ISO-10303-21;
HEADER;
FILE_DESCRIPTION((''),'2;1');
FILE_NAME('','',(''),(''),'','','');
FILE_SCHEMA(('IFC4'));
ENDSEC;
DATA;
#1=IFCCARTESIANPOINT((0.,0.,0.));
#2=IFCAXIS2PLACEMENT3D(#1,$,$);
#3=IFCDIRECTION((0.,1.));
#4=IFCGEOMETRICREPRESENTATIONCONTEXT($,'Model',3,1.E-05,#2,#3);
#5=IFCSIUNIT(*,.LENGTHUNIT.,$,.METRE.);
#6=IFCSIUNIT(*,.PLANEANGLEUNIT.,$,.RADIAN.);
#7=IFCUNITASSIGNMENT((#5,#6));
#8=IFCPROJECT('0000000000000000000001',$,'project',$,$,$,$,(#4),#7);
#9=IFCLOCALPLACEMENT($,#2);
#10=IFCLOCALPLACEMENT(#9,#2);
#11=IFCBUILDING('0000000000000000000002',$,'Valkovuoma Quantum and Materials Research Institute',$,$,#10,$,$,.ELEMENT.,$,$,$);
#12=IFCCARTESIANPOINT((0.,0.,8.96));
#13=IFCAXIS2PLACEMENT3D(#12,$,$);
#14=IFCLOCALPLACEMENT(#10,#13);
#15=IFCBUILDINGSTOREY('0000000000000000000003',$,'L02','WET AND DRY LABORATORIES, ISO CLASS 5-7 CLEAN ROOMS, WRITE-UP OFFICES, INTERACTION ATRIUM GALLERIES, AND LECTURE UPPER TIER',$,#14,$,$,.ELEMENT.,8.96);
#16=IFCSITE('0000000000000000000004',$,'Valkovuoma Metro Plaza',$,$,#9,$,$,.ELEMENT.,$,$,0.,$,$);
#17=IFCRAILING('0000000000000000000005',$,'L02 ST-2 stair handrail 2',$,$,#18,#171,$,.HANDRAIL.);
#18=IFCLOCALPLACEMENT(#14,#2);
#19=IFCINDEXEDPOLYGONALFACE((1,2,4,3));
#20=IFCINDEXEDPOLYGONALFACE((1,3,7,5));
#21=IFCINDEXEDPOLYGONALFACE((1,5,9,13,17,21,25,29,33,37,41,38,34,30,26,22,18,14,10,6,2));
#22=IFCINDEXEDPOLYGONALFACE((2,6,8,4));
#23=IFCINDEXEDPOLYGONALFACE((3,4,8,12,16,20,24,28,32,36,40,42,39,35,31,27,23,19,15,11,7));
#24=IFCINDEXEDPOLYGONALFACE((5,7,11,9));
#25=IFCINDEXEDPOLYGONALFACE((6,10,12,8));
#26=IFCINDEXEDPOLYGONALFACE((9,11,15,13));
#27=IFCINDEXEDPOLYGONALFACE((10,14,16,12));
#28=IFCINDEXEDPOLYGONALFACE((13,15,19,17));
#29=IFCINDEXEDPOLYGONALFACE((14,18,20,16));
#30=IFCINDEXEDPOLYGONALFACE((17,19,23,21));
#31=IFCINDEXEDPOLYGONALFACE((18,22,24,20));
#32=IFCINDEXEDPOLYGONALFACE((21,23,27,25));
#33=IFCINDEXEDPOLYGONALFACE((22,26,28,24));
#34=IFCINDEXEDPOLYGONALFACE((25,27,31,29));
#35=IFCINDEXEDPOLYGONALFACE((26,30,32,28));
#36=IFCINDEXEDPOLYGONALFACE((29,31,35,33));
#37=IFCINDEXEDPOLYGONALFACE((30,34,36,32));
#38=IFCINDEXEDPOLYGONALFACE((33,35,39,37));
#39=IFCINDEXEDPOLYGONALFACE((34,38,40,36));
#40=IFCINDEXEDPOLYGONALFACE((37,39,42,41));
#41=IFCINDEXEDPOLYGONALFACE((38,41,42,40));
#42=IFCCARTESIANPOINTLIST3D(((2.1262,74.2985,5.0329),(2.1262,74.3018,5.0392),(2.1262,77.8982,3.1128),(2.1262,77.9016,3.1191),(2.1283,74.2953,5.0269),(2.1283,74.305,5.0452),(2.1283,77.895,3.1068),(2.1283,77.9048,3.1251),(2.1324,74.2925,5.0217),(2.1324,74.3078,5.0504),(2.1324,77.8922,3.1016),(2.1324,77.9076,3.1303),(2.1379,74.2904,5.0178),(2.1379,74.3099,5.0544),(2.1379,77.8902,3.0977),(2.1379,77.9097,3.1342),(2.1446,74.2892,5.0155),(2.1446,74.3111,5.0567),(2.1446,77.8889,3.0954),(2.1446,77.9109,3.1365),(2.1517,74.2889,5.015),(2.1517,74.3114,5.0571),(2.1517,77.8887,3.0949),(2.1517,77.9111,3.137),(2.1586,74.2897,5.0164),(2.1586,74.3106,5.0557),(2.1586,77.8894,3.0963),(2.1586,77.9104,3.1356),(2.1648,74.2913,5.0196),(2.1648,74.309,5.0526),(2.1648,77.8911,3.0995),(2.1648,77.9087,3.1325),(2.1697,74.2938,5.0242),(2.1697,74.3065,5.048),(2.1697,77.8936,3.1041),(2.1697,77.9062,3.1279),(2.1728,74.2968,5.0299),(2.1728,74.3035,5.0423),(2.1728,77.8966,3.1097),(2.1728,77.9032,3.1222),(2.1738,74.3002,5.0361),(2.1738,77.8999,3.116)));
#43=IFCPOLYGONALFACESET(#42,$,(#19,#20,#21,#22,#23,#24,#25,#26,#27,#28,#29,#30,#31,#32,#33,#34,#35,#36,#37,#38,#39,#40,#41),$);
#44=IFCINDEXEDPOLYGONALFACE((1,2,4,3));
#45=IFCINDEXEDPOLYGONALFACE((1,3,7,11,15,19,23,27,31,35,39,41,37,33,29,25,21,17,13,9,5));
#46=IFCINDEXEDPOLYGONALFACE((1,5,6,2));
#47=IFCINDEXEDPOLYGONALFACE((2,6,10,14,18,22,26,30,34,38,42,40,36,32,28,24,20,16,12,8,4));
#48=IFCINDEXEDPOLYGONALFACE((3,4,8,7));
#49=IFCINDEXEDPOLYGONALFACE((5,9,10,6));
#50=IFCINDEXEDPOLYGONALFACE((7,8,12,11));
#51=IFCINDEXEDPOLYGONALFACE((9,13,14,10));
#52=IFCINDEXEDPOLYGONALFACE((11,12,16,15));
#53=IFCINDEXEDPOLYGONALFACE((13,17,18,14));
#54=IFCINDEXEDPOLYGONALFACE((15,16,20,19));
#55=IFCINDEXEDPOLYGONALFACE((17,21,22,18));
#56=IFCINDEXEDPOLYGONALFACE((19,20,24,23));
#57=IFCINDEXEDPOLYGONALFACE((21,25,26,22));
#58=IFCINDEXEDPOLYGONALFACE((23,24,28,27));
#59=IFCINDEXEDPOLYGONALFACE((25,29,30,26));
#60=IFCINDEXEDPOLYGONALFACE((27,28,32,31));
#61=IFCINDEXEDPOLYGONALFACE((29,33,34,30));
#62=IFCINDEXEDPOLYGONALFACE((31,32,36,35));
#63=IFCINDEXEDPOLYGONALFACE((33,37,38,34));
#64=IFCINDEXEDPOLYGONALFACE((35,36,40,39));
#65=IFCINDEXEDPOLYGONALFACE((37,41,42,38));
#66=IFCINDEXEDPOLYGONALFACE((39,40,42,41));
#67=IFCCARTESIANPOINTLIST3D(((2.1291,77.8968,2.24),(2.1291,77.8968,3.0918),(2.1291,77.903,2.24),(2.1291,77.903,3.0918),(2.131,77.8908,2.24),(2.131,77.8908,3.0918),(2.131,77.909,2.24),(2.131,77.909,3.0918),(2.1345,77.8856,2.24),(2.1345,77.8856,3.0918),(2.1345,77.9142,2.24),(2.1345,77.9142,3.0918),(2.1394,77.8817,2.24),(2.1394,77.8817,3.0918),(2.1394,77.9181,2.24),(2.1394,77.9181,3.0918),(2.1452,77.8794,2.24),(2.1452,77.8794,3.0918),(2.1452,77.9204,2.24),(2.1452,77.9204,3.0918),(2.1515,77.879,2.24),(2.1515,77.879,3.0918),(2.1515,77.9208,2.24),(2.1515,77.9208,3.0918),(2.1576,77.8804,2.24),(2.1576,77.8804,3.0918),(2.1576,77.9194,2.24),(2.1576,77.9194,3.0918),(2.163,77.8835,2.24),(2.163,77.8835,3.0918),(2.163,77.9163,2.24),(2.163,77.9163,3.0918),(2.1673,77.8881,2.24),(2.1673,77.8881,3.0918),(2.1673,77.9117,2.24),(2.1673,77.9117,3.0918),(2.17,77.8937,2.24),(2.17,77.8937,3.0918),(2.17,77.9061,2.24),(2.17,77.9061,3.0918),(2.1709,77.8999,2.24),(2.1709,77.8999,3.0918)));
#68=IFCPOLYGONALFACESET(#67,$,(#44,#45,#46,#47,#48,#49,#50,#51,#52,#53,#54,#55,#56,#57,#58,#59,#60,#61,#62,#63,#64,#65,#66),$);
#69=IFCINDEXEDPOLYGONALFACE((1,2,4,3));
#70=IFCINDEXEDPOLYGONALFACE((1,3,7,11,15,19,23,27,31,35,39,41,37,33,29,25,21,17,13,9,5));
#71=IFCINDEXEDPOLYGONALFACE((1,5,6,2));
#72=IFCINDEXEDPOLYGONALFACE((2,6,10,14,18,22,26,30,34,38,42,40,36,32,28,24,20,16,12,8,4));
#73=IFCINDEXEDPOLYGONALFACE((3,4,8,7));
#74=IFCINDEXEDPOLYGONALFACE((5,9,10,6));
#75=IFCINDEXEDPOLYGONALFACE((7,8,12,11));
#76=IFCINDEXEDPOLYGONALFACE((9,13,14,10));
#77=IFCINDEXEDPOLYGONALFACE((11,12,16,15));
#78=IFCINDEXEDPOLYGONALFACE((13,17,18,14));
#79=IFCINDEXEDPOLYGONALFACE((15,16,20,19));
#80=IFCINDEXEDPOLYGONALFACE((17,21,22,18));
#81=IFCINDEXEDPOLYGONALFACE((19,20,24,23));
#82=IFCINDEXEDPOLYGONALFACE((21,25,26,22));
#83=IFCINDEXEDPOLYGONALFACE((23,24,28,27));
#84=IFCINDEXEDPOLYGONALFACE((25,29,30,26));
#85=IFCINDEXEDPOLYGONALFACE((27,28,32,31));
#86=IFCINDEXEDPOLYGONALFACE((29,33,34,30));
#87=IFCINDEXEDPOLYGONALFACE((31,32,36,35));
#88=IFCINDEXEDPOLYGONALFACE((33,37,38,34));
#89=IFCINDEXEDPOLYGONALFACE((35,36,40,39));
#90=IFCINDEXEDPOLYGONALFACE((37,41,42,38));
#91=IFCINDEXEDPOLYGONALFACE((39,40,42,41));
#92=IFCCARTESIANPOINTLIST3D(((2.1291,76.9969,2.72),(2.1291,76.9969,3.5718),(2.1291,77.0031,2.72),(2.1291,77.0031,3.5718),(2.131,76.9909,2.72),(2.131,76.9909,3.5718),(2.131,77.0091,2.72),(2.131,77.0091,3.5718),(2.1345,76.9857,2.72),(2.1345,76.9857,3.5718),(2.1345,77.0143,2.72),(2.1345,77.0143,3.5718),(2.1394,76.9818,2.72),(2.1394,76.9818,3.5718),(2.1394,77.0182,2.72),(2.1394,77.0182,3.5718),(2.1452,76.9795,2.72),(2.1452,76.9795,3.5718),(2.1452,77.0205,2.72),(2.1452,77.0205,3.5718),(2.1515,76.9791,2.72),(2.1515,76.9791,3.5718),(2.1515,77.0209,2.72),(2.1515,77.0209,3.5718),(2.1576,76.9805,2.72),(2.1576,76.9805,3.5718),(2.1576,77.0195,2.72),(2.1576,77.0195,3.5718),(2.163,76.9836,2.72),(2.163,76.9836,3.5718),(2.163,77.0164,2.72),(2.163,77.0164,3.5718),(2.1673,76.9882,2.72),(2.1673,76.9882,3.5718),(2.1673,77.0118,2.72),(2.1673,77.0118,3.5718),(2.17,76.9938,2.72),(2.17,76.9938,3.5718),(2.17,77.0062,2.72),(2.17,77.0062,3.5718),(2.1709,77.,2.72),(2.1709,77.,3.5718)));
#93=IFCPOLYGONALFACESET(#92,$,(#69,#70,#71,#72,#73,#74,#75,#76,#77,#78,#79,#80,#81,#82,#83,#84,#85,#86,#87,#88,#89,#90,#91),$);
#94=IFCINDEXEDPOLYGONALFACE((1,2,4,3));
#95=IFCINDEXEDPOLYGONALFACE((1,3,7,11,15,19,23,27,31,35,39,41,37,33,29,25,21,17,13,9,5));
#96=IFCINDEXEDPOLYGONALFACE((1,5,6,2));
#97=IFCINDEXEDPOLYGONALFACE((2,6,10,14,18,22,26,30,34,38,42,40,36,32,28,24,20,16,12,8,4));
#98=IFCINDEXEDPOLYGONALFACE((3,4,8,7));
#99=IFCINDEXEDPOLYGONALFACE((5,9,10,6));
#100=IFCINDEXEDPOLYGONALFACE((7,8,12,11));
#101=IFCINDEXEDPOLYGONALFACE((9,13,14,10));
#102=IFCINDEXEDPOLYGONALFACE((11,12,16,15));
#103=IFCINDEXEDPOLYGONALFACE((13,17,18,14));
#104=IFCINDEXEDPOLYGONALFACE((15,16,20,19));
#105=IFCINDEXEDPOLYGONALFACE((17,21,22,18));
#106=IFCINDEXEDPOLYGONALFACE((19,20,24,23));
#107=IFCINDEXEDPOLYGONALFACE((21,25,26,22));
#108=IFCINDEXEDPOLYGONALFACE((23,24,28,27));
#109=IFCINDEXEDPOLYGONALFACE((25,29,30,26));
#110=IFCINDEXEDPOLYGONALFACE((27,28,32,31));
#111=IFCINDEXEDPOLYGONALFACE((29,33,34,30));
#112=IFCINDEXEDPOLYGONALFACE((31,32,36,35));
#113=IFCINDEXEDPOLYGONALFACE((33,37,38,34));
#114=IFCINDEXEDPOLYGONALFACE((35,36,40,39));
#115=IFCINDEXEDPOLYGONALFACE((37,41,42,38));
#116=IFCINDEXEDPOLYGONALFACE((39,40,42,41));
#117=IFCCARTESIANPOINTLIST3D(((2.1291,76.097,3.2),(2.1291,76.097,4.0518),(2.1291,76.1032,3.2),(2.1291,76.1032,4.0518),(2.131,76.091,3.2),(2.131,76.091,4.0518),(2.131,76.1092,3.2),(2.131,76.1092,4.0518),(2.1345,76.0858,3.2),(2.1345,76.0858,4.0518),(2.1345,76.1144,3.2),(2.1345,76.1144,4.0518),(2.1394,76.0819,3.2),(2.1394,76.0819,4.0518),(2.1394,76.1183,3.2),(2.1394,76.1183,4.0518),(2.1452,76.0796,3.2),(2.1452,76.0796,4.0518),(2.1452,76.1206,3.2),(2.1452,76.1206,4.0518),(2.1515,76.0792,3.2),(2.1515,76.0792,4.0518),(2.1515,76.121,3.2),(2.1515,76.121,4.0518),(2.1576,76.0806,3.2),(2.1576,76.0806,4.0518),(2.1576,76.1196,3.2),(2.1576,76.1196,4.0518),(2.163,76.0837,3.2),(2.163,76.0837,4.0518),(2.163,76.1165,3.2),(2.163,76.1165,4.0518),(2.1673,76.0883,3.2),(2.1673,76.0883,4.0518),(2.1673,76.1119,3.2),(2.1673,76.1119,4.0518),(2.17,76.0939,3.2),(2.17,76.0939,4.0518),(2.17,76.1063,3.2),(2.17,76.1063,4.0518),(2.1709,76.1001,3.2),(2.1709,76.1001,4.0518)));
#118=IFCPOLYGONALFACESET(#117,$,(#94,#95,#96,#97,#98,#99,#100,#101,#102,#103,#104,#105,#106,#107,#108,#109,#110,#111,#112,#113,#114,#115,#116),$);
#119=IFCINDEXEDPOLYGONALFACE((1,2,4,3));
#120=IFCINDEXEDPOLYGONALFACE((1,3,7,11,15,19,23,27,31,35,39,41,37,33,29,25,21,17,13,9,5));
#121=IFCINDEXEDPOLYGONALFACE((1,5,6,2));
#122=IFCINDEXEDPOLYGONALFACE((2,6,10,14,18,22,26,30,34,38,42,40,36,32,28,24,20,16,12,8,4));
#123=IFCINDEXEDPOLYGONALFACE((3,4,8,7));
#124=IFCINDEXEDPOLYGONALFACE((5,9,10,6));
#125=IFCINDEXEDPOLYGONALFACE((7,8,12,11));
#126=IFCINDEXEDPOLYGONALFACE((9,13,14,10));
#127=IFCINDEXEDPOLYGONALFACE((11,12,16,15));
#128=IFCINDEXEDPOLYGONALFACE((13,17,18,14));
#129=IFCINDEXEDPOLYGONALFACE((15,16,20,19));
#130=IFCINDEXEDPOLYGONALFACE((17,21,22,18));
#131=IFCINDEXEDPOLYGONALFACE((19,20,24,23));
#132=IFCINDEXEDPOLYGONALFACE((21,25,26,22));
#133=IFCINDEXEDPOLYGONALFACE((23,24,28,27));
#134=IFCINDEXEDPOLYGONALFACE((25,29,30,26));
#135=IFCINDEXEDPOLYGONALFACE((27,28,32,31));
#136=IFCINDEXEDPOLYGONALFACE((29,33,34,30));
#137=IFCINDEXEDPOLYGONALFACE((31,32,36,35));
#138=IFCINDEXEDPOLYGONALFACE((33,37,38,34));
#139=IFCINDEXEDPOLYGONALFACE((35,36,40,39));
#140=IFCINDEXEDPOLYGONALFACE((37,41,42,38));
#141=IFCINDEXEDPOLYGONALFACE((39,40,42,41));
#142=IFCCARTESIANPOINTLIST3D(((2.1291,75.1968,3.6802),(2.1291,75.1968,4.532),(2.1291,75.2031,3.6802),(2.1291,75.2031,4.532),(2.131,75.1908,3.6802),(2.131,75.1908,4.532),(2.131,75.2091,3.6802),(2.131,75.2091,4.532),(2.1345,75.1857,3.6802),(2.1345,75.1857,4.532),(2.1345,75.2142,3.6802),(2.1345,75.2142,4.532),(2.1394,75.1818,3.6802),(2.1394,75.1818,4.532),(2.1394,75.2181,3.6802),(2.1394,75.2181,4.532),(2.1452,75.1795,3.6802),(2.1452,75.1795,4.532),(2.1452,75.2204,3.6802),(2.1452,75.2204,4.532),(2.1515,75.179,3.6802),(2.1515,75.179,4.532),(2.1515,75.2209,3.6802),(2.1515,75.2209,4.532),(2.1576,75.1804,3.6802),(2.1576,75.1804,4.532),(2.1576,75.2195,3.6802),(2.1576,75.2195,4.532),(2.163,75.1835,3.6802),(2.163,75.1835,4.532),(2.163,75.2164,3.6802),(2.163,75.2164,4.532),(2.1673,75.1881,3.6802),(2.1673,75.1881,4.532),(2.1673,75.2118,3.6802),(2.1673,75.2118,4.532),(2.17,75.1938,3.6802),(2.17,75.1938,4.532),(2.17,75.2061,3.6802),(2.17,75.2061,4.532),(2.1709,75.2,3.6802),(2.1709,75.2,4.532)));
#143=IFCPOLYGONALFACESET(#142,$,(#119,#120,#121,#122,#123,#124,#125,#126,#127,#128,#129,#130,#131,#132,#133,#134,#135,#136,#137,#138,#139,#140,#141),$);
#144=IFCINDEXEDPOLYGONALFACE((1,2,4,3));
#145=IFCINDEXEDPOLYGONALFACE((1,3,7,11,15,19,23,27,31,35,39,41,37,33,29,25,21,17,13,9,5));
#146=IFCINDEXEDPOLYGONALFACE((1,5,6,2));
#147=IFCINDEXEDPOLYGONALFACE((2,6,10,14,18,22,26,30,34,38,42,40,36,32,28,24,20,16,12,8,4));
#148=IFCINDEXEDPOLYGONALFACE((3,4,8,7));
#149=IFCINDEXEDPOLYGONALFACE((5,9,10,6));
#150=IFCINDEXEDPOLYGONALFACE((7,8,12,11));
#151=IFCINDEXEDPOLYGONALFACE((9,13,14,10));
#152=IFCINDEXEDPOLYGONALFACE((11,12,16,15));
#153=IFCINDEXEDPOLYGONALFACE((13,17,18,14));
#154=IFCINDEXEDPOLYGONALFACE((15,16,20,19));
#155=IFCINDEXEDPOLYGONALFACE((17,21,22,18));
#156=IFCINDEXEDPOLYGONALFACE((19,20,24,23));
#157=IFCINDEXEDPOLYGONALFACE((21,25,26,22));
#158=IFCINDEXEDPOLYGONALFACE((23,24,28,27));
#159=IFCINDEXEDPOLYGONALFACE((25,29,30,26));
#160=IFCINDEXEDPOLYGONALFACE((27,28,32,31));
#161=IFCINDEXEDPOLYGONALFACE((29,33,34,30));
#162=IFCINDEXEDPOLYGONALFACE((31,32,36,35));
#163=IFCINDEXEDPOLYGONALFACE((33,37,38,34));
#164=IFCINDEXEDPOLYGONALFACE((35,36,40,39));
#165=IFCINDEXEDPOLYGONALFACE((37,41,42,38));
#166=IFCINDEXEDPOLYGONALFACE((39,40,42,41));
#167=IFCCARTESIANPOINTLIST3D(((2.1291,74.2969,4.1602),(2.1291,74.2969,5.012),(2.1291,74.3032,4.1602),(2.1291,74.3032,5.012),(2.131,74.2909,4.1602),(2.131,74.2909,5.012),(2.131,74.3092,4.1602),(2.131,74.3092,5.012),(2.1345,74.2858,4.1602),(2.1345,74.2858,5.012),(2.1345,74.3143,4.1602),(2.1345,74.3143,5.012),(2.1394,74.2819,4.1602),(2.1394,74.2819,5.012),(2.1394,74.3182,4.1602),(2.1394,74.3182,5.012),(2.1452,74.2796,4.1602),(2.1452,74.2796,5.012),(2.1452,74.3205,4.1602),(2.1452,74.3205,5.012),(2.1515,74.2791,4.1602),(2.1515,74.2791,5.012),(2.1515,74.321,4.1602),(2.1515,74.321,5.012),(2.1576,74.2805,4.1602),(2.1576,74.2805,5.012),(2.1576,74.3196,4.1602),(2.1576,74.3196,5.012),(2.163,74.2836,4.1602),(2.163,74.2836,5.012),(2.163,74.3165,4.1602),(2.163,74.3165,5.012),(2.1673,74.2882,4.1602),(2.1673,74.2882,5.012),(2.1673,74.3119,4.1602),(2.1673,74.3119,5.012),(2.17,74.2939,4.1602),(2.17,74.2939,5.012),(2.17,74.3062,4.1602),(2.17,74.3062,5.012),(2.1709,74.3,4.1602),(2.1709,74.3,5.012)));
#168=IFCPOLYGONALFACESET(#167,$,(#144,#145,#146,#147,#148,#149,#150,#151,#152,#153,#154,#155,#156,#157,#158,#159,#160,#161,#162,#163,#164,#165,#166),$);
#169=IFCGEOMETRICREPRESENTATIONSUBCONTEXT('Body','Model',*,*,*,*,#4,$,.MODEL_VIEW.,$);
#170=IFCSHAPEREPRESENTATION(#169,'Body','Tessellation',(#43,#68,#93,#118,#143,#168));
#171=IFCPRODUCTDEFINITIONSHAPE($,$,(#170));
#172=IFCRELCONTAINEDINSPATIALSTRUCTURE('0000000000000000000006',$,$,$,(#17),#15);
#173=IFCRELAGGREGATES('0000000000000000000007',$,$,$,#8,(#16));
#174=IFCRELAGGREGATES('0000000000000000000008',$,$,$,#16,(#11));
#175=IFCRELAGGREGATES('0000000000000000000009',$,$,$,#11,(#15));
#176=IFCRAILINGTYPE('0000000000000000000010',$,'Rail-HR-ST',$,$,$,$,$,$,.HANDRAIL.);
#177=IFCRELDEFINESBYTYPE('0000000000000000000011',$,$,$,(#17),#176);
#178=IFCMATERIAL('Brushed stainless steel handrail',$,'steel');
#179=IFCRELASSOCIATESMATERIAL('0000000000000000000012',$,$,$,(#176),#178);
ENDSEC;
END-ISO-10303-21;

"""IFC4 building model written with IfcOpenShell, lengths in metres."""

from ifc_helpers import new_model, si_unit, direction, frame, origin, origin_2d, place, context, subcontext, project, spatial, circle, extrude, material, type_object, element, save


model = new_model("IFC4")

# Units and contexts
model_context = context("Model", 3, precision=1e-05, world=origin(), true_north=direction((0.0, 1.0)))
body_context = subcontext(model_context, "Body", "Model", "MODEL_VIEW")
ifc_project = project(units=[si_unit("LENGTHUNIT", "METRE"), si_unit("PLANEANGLEUNIT", "RADIAN")], contexts=[model_context])

# Site, building, storey
site_placement = place(None, origin())
site = spatial("IfcSite", under=ifc_project, at=site_placement, Name="Valkovuoma Metro Plaza", CompositionType="ELEMENT", RefElevation=0.0)
building_placement = place(site_placement, origin())
building = spatial("IfcBuilding", under=site, at=building_placement, Name="Valkovuoma Quantum and Materials Research Institute", CompositionType="ELEMENT")
storey_placement = place(building_placement, frame((0.0, 0.0, 8.96)))
storey = spatial("IfcBuildingStorey", under=building, at=storey_placement, Name="L02", Description="WET AND DRY LABORATORIES, ISO CLASS 5-7 CLEAN ROOMS, WRITE-UP OFFICES, INTERACTION ATRIUM GALLERIES, AND LECTURE UPPER TIER", CompositionType="ELEMENT", Elevation=8.96)

# Railing
ifc_material_1 = material(Name="Brushed stainless steel handrail", Category="steel")
railing_type_1 = type_object("IfcRailingType", Name="Rail-HR-ST", PredefinedType="HANDRAIL", material=ifc_material_1)
railing_1_placement = place(storey_placement, frame((2.1499, 77.8999, 2.24)))
element("IfcRailing", 1, at=railing_1_placement, inside=storey, type_object=railing_type_1, Name="L02 ST-2 stair handrail 2", PredefinedType="HANDRAIL", context=body_context, shape_type="SweptSolid", body=[
    extrude(circle(Radius=0.0239, at=origin_2d()), frame((0.0, 0.0, 0.876), z_axis=(0.0, -0.882328, 0.470635), x_axis=(1.0, 0.0, 0.0)), (0.0, 0.0, 1.0), 4.0798),
    extrude(circle(Radius=0.021, at=origin_2d()), origin(), (0.0, 0.0, 1.0), 0.8518),
    extrude(circle(Radius=0.021, at=origin_2d()), frame((0.0, -0.8999, 0.48)), (0.0, 0.0, 1.0), 0.8518),
    extrude(circle(Radius=0.021, at=origin_2d()), frame((0.0, -1.7998, 0.96)), (0.0, 0.0, 1.0), 0.8518),
    extrude(circle(Radius=0.021, at=origin_2d()), frame((0.0, -2.7, 1.4402)), (0.0, 0.0, 1.0), 0.8518),
    extrude(circle(Radius=0.021, at=origin_2d()), frame((0.0, -3.5999, 1.9202)), (0.0, 0.0, 1.0), 0.8518),
])

save(model, "model.ifc")
